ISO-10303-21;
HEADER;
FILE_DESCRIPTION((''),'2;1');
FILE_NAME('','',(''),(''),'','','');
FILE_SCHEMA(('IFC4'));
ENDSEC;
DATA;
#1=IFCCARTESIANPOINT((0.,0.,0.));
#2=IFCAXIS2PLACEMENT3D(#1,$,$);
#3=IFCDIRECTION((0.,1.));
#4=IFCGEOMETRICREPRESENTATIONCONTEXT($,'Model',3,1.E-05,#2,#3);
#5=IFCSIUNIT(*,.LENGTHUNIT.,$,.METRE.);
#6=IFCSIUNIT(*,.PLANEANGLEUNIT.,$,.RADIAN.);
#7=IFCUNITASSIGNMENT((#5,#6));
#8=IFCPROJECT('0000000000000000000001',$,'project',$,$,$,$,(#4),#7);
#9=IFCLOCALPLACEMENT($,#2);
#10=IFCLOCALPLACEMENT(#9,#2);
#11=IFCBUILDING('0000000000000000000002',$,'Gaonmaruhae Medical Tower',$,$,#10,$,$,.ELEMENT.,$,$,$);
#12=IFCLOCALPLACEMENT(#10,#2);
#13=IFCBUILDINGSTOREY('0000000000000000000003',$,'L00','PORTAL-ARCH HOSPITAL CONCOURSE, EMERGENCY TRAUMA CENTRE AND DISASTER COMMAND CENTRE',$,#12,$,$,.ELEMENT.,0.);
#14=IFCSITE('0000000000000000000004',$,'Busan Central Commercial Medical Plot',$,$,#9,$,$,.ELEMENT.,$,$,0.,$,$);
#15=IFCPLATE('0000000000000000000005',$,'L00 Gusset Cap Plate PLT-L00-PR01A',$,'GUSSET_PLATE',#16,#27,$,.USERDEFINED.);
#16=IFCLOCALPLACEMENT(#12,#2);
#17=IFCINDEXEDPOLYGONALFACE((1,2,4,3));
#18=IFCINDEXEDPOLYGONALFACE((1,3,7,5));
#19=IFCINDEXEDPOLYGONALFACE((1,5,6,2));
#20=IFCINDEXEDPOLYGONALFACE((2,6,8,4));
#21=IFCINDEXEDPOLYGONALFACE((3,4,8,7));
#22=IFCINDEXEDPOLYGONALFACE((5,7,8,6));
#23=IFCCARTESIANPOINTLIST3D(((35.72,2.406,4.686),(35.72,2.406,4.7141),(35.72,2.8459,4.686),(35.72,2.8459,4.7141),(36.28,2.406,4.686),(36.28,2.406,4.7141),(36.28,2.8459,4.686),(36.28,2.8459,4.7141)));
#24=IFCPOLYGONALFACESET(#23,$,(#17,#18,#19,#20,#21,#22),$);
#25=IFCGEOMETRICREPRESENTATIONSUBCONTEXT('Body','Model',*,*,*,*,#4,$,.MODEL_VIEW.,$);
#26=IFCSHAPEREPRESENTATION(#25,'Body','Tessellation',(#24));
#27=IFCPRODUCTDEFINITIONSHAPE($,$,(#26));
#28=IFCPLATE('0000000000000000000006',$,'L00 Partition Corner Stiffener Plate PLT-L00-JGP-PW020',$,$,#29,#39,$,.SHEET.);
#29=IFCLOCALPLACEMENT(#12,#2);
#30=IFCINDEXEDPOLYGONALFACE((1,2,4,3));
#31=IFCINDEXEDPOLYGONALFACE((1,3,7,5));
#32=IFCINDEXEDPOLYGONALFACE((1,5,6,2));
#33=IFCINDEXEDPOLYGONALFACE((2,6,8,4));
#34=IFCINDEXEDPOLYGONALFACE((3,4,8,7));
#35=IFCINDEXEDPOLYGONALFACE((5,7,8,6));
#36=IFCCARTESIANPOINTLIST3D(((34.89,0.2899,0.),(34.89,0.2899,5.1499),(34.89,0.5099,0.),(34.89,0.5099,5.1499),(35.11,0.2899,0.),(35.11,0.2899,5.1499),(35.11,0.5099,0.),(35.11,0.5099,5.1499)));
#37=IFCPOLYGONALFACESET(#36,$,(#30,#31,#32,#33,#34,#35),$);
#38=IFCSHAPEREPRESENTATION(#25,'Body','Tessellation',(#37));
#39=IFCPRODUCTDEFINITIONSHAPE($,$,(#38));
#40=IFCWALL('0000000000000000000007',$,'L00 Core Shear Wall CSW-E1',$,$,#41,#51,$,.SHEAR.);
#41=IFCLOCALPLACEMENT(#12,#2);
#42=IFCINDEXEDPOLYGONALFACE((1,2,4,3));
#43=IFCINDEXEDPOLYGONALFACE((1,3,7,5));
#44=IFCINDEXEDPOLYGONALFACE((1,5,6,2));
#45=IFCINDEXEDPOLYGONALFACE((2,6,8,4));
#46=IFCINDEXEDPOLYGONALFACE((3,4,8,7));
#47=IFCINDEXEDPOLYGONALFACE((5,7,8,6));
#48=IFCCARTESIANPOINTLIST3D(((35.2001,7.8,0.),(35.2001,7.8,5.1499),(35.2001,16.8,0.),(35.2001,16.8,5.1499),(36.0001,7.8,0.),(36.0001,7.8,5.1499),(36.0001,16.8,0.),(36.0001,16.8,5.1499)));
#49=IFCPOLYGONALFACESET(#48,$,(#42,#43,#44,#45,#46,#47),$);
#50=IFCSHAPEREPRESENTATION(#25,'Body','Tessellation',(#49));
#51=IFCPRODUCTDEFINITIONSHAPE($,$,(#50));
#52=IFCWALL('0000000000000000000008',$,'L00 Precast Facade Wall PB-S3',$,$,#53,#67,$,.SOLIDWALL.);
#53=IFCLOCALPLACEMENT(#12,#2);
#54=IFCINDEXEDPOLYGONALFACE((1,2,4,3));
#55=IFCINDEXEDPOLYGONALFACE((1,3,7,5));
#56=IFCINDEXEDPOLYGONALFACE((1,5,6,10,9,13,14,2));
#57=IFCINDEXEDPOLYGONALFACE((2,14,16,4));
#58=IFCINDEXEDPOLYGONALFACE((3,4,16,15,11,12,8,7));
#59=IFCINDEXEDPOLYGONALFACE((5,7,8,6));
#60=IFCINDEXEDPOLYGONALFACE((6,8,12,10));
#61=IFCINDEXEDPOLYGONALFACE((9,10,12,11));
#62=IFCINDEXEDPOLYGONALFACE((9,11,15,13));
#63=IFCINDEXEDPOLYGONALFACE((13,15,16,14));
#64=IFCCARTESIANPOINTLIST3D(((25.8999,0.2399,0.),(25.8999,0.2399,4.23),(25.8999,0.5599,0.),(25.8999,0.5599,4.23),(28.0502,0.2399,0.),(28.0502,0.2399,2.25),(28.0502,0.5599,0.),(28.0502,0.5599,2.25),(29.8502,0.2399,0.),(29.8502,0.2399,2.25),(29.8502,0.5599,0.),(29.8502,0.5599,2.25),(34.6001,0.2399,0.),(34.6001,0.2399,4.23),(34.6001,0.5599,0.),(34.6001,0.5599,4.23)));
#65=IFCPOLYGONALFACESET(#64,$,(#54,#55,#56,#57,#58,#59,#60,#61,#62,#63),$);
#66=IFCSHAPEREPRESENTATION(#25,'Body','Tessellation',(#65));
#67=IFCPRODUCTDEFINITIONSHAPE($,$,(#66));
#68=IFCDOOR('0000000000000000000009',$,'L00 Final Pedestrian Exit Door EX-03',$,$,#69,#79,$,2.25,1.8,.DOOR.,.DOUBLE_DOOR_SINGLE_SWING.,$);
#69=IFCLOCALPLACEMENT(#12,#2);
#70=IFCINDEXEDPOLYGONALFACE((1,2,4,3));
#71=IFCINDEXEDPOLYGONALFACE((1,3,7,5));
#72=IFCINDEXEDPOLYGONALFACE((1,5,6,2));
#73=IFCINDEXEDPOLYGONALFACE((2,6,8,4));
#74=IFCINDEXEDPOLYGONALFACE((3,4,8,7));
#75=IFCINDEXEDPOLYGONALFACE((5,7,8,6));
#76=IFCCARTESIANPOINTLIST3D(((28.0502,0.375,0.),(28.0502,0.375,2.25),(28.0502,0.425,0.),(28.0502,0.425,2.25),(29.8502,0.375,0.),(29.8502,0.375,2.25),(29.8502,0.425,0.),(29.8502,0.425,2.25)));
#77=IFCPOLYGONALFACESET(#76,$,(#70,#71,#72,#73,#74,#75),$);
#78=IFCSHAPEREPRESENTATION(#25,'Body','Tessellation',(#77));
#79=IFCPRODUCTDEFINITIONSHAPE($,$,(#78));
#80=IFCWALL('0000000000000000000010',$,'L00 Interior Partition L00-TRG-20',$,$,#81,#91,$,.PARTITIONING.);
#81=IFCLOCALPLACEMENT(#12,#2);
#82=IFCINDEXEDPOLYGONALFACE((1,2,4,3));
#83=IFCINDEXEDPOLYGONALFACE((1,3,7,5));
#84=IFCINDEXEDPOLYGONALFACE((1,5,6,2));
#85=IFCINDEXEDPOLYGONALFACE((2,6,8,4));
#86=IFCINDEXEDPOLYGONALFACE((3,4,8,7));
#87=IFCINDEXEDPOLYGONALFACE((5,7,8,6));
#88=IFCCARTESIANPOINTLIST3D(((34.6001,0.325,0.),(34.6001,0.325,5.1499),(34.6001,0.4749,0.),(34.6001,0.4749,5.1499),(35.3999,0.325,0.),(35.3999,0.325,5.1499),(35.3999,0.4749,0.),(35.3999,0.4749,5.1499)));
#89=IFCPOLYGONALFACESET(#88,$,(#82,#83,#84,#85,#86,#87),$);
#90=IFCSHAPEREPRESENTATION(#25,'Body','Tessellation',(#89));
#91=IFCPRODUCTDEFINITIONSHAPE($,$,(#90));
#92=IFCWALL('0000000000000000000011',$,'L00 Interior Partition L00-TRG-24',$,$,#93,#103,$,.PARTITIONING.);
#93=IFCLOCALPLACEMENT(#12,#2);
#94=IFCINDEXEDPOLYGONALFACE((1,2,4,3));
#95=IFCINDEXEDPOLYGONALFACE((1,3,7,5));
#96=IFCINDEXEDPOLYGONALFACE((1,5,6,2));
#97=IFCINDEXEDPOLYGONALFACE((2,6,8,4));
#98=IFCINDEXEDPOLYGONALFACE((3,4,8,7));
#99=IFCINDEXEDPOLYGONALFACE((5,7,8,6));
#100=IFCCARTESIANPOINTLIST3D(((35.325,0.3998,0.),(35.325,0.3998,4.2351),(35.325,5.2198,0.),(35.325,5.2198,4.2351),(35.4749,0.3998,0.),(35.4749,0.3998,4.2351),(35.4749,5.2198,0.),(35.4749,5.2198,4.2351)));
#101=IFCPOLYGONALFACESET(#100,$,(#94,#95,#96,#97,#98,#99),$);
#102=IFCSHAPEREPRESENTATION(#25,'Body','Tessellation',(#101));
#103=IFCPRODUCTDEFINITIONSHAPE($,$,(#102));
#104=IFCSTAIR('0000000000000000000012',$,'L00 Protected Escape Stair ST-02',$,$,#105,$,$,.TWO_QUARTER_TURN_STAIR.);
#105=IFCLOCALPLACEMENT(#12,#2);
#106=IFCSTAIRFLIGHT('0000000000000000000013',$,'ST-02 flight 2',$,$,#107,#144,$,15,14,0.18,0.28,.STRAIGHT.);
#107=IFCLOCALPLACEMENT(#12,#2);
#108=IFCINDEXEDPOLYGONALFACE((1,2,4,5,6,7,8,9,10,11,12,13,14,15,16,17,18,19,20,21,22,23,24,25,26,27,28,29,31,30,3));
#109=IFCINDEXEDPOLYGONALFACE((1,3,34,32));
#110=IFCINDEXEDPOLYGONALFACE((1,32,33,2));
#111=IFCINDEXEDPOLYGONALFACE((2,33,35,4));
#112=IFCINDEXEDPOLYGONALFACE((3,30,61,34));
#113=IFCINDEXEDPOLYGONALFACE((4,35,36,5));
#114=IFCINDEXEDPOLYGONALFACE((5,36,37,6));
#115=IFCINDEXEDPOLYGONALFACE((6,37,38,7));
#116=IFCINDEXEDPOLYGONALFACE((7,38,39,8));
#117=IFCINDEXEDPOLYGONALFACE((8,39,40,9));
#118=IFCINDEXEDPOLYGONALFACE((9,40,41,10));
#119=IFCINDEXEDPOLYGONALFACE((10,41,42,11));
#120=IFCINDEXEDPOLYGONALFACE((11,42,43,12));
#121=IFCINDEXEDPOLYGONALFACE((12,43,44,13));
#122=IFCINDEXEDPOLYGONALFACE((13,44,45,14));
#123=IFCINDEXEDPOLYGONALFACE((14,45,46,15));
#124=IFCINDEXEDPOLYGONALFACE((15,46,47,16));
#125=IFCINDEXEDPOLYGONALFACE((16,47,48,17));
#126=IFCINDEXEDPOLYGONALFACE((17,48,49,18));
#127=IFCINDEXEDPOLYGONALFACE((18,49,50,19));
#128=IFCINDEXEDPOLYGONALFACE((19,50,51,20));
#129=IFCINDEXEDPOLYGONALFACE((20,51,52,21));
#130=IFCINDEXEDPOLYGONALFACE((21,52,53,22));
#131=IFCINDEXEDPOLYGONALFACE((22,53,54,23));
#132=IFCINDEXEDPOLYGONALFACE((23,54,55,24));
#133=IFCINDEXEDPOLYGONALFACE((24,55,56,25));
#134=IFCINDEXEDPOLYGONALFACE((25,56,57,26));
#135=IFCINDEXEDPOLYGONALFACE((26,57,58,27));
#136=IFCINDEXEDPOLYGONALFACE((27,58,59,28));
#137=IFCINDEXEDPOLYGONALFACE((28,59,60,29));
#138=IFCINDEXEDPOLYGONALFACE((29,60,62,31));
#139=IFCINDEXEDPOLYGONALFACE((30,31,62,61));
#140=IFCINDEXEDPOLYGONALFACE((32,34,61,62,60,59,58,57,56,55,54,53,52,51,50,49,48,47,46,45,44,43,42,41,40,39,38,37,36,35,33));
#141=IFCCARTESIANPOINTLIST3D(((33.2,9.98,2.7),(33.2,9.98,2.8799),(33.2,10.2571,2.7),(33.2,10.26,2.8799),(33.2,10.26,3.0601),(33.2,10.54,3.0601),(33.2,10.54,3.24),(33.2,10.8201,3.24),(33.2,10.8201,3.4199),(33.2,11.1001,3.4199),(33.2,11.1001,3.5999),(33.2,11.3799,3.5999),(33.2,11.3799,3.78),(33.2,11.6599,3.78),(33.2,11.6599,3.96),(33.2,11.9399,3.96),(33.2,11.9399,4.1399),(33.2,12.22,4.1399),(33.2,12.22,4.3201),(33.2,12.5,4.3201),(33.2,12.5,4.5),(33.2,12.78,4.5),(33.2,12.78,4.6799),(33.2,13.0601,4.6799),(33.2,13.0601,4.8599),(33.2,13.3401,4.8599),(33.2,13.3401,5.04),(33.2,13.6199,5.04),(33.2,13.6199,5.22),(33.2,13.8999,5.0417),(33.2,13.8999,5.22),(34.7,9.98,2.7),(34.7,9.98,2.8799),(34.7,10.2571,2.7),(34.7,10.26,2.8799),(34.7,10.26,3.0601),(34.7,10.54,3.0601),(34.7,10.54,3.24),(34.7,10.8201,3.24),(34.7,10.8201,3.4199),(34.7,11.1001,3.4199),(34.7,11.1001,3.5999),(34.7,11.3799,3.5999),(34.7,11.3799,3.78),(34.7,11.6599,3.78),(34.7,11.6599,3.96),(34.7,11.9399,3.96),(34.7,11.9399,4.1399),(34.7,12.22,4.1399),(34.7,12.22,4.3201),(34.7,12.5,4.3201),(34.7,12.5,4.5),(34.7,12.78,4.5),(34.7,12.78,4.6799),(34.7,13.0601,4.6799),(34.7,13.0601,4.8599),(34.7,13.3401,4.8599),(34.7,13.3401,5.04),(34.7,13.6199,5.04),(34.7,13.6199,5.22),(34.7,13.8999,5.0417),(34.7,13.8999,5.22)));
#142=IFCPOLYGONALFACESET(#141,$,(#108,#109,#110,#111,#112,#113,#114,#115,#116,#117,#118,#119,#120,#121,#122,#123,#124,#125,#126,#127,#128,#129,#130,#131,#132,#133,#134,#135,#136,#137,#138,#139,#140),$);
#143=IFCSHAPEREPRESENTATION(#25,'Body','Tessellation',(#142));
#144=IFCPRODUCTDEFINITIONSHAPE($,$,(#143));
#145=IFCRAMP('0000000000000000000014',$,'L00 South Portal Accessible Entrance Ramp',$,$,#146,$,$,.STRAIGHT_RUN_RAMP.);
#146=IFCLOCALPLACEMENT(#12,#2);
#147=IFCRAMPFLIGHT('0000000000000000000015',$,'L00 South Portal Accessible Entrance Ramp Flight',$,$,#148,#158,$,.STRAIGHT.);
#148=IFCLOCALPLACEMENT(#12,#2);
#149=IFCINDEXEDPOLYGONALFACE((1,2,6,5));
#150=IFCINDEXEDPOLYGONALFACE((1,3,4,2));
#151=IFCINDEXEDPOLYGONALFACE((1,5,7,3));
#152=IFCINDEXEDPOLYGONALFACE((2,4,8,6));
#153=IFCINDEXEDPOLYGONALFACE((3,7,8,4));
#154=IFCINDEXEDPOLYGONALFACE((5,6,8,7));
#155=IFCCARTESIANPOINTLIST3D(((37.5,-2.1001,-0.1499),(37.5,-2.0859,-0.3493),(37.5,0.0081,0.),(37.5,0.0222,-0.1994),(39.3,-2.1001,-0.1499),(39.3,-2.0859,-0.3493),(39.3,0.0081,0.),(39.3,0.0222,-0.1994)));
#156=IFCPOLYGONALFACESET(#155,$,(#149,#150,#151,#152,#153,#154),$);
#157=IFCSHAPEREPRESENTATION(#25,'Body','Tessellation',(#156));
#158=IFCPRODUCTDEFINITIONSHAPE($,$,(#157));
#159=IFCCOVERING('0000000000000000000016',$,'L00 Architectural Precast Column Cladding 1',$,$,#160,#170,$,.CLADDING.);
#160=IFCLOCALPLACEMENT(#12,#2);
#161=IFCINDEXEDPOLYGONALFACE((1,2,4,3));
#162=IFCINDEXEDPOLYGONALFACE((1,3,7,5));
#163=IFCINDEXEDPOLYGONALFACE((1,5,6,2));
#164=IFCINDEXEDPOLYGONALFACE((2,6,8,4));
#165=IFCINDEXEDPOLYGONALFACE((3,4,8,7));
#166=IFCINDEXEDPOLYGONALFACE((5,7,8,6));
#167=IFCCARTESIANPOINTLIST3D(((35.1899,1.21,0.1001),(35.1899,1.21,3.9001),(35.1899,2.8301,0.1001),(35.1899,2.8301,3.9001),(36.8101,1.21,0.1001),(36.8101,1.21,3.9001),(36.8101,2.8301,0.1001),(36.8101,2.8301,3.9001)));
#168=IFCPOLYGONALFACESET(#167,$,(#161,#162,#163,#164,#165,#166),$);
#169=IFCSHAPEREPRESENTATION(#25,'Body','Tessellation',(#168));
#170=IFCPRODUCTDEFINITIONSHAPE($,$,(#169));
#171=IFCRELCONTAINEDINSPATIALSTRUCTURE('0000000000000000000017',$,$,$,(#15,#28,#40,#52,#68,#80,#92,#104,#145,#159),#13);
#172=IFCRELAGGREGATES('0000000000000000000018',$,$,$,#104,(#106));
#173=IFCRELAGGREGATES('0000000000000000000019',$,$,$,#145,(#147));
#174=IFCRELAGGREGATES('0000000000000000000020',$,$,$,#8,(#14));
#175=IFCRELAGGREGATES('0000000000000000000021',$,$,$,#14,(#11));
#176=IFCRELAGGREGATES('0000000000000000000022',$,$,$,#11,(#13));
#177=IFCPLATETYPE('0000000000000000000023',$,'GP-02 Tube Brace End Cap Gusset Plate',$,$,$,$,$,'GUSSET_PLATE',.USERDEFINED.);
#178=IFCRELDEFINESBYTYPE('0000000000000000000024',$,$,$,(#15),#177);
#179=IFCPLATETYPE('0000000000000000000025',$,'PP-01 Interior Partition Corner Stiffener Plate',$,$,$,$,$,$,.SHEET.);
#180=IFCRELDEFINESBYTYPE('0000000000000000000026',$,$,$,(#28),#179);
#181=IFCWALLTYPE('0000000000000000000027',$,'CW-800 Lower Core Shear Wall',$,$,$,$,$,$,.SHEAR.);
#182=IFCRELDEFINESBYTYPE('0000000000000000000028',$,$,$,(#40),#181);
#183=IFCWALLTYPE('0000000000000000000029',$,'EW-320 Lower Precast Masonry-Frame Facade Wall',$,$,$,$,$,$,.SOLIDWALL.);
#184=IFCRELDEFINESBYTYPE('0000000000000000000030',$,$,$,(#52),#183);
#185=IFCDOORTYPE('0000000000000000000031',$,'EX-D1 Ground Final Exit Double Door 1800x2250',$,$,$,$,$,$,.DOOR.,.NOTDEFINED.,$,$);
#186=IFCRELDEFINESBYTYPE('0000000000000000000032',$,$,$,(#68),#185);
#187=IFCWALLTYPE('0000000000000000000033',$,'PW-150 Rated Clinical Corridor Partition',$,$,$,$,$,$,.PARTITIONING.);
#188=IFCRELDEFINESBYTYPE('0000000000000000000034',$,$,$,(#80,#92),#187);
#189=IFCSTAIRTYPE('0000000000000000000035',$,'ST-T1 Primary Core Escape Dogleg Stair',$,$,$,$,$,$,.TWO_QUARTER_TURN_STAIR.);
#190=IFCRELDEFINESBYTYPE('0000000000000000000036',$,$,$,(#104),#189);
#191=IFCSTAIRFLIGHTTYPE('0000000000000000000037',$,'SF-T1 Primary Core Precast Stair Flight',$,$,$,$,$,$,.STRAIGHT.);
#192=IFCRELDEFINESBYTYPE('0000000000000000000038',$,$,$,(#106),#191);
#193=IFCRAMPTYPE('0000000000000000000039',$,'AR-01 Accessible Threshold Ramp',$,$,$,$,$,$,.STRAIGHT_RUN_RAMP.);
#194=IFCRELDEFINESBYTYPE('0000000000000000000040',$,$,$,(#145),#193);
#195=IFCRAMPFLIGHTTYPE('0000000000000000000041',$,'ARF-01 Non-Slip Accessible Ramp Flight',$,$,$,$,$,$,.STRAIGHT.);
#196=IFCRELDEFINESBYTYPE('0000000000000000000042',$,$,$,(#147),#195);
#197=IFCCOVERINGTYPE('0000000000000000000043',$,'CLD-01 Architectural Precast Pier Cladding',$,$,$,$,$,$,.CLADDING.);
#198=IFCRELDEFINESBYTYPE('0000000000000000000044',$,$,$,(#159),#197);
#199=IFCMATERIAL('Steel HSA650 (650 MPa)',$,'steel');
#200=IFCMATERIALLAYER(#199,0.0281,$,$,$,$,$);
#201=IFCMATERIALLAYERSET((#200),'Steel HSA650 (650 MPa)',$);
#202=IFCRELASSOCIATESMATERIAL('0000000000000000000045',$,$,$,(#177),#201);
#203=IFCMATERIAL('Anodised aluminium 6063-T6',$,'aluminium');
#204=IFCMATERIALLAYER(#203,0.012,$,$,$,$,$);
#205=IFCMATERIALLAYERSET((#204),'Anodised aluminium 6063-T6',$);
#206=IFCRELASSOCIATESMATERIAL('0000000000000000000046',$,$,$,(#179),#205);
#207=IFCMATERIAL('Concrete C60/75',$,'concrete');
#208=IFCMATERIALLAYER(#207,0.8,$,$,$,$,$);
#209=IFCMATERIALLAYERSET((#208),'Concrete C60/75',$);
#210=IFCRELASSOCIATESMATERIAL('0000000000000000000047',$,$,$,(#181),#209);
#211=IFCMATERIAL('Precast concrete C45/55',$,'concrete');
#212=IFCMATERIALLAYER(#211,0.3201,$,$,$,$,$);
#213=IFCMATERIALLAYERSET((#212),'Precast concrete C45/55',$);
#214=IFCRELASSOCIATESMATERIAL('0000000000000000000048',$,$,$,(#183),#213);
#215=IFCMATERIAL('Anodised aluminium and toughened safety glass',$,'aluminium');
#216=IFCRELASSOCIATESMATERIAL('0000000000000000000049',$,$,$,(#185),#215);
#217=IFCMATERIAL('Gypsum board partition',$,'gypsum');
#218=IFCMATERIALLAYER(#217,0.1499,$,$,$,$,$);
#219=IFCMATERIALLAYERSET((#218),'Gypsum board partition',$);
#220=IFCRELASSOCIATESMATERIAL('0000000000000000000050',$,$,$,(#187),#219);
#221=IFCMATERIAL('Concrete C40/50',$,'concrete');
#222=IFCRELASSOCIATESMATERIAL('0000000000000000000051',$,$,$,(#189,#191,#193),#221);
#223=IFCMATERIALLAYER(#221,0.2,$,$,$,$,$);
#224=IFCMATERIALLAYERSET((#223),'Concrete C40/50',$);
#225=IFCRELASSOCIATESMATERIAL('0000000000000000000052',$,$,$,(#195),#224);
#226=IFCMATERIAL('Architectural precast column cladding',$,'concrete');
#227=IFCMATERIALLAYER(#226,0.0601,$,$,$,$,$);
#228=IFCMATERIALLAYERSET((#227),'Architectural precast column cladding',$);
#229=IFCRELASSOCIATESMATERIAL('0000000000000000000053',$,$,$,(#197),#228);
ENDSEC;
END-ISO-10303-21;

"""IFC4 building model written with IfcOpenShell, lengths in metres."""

from ifc_helpers import new_model, si_unit, direction, frame, frame_2d, origin, origin_2d, place, context, subcontext, project, spatial, polyline, rectangle, outline, extrude, material, layer, layer_set, type_object, element, fill, aggregate, save


model = new_model("IFC4")

# Units and contexts
model_context = context("Model", 3, precision=1e-05, world=origin(), true_north=direction((0.0, 1.0)))
body_context = subcontext(model_context, "Body", "Model", "MODEL_VIEW")
ifc_project = project(units=[si_unit("LENGTHUNIT", "METRE"), si_unit("PLANEANGLEUNIT", "RADIAN")], contexts=[model_context])

# Site, building, storey
site_placement = place(None, origin())
site = spatial("IfcSite", under=ifc_project, at=site_placement, Name="Busan Central Commercial Medical Plot", CompositionType="ELEMENT", RefElevation=0.0)
building_placement = place(site_placement, origin())
building = spatial("IfcBuilding", under=site, at=building_placement, Name="Gaonmaruhae Medical Tower", CompositionType="ELEMENT")
storey_placement = place(building_placement, origin())
storey = spatial("IfcBuildingStorey", under=building, at=storey_placement, Name="L00", Description="PORTAL-ARCH HOSPITAL CONCOURSE, EMERGENCY TRAUMA CENTRE AND DISASTER COMMAND CENTRE", CompositionType="ELEMENT", Elevation=0.0)

# Shared definitions
ifc_material_1 = material(Name="Concrete C40/50", Category="concrete")

# Shared definitions
ifc_material_2 = material(Name="Concrete C60/75", Category="concrete")

# Shared definitions
ifc_material_3 = material(Name="Anodised aluminium 6063-T6", Category="aluminium")

# Plates
ifc_material_4 = material(Name="Steel HSA650 (650 MPa)", Category="steel")
ifc_layer_1 = layer(ifc_material_4, 0.0281)
ifc_layer_set_1 = layer_set([ifc_layer_1], Name="Steel HSA650 (650 MPa)")
plate_type_1 = type_object("IfcPlateType", Name="GP-02 Tube Brace End Cap Gusset Plate", ElementType="GUSSET_PLATE", PredefinedType="USERDEFINED", material=ifc_layer_set_1)
plate_1_placement = place(storey_placement, frame((36.0, 2.626, 4.686), z_axis=(0.0, 0.0, 1.0), x_axis=(1.0, 0.0, 0.0)))
element("IfcPlate", 1, at=plate_1_placement, inside=storey, type_object=plate_type_1, Name="L00 Gusset Cap Plate PLT-L00-PR01A", ObjectType="GUSSET_PLATE", PredefinedType="USERDEFINED", context=body_context, shape_type="SweptSolid", body=[
    extrude(rectangle(XDim=0.5601, YDim=0.4399, at=origin_2d()), origin(), (0.0, 0.0, 1.0), 0.0281),
])
ifc_layer_2 = layer(ifc_material_3, 0.012)
ifc_layer_set_2 = layer_set([ifc_layer_2], Name="Anodised aluminium 6063-T6")
plate_type_2 = type_object("IfcPlateType", Name="PP-01 Interior Partition Corner Stiffener Plate", PredefinedType="SHEET", material=ifc_layer_set_2)
plate_2_placement = place(storey_placement, frame((35.0, 0.3999, 0.0), z_axis=(0.0, 0.0, 1.0), x_axis=(-1.0, 0.0, 0.0)))
element("IfcPlate", 2, at=plate_2_placement, inside=storey, type_object=plate_type_2, Name="L00 Partition Corner Stiffener Plate PLT-L00-JGP-PW020", PredefinedType="SHEET", context=body_context, shape_type="SweptSolid", body=[
    extrude(rectangle(XDim=0.22, YDim=0.22, at=origin_2d()), origin(), (0.0, 0.0, 1.0), 5.1499),
])

# Wall
ifc_layer_3 = layer(ifc_material_2, 0.8)
ifc_layer_set_3 = layer_set([ifc_layer_3], Name="Concrete C60/75")
wall_type_1 = type_object("IfcWallType", Name="CW-800 Lower Core Shear Wall", PredefinedType="SHEAR", material=ifc_layer_set_3)
wall_1_placement = place(storey_placement, frame((35.6001, 7.8, 0.0), z_axis=(0.0, 0.0, 1.0), x_axis=(0.0, 1.0, 0.0)))
element("IfcWall", 3, at=wall_1_placement, inside=storey, type_object=wall_type_1, Name="L00 Core Shear Wall CSW-E1", PredefinedType="SHEAR", context=body_context, shape_type="SweptSolid", body=[
    extrude(rectangle(XDim=9.0, YDim=0.8, at=frame_2d((4.5, 0.0))), origin(), (0.0, 0.0, 1.0), 5.1499),
])

# Wall, opening, door
ifc_material_5 = material(Name="Precast concrete C45/55", Category="concrete")
ifc_layer_4 = layer(ifc_material_5, 0.3201)
ifc_layer_set_4 = layer_set([ifc_layer_4], Name="Precast concrete C45/55")
wall_type_2 = type_object("IfcWallType", Name="EW-320 Lower Precast Masonry-Frame Facade Wall", PredefinedType="SOLIDWALL", material=ifc_layer_set_4)
wall_2_placement = place(storey_placement, frame((34.6001, 0.3999, 0.0), z_axis=(0.0, 0.0, 1.0), x_axis=(-1.0, 0.0, 0.0)))
wall_2 = element("IfcWall", 4, at=wall_2_placement, inside=storey, type_object=wall_type_2, Name="L00 Precast Facade Wall PB-S3", PredefinedType="SOLIDWALL", context=body_context, shape_type="SweptSolid", body=[
    extrude(rectangle(XDim=8.7002, YDim=0.3201, at=frame_2d((4.3501, 0.0))), origin(), (0.0, 0.0, 1.0), 4.23),
])
opening_placement = place(wall_2_placement, frame((4.75, 0.0, 0.0)))
opening = element("IfcOpeningElement", 5, at=opening_placement, cuts=wall_2, PredefinedType="OPENING", context=body_context, shape_type="SweptSolid", body=[
    extrude(rectangle(XDim=1.8, YDim=2.25, at=frame_2d((0.8999, 1.125))), frame((0.0, 0.1699, 0.0), z_axis=(0.0, -1.0, 0.0), x_axis=(1.0, 0.0, 0.0)), (0.0, 0.0, 1.0), 0.3401),
])
ifc_material_6 = material(Name="Anodised aluminium and toughened safety glass", Category="aluminium")
door_type = type_object("IfcDoorType", Name="EX-D1 Ground Final Exit Double Door 1800x2250", OperationType="NOTDEFINED", PredefinedType="DOOR", material=ifc_material_6)
door_placement = place(opening_placement, origin())
door = element("IfcDoor", 6, at=door_placement, inside=storey, type_object=door_type, Name="L00 Final Pedestrian Exit Door EX-03", OperationType="DOUBLE_DOOR_SINGLE_SWING", OverallHeight=2.25, OverallWidth=1.8, PredefinedType="DOOR", context=body_context, shape_type="SweptSolid", body=[
    extrude(rectangle(XDim=1.8, YDim=2.25, at=frame_2d((0.8999, 1.125))), frame((0.0, 0.0249, 0.0), z_axis=(0.0, -1.0, 0.0), x_axis=(1.0, 0.0, 0.0)), (0.0, 0.0, 1.0), 0.05),
])
fill(opening, door)

# Walls
ifc_material_7 = material(Name="Gypsum board partition", Category="gypsum")
ifc_layer_5 = layer(ifc_material_7, 0.1499)
ifc_layer_set_5 = layer_set([ifc_layer_5], Name="Gypsum board partition")
wall_type_3 = type_object("IfcWallType", Name="PW-150 Rated Clinical Corridor Partition", PredefinedType="PARTITIONING", material=ifc_layer_set_5)
wall_3_placement = place(storey_placement, frame((35.3999, 0.3999, 0.0), z_axis=(0.0, 0.0, 1.0), x_axis=(-1.0, 0.0, 0.0)))
element("IfcWall", 7, at=wall_3_placement, inside=storey, type_object=wall_type_3, Name="L00 Interior Partition L00-TRG-20", PredefinedType="PARTITIONING", context=body_context, shape_type="SweptSolid", body=[
    extrude(rectangle(XDim=0.7998, YDim=0.1499, at=frame_2d((0.3999, 0.0))), origin(), (0.0, 0.0, 1.0), 5.1499),
])
wall_4_placement = place(storey_placement, frame((35.3999, 5.22, 0.0), z_axis=(0.0, 0.0, 1.0), x_axis=(0.0, -1.0, 0.0)))
element("IfcWall", 8, at=wall_4_placement, inside=storey, type_object=wall_type_3, Name="L00 Interior Partition L00-TRG-24", PredefinedType="PARTITIONING", context=body_context, shape_type="SweptSolid", body=[
    extrude(rectangle(XDim=4.8201, YDim=0.1499, at=frame_2d((2.4102, 0.0))), origin(), (0.0, 0.0, 1.0), 4.2351),
])

# Stair, stair flight
stair_type = type_object("IfcStairType", Name="ST-T1 Primary Core Escape Dogleg Stair", PredefinedType="TWO_QUARTER_TURN_STAIR", material=ifc_material_1)
stair_placement = place(storey_placement, origin())
stair = element("IfcStair", 9, at=stair_placement, inside=storey, type_object=stair_type, Name="L00 Protected Escape Stair ST-02", PredefinedType="TWO_QUARTER_TURN_STAIR")
stair_flight_type = type_object("IfcStairFlightType", Name="SF-T1 Primary Core Precast Stair Flight", PredefinedType="STRAIGHT", material=ifc_material_1)
stair_flight_placement = place(storey_placement, frame((33.95, 9.98, 2.7), z_axis=(0.0, 0.0, 1.0), x_axis=(0.0, 1.0, 0.0)))
stair_flight = element("IfcStairFlight", 10, at=stair_flight_placement, type_object=stair_flight_type, Name="ST-02 flight 2", NumberOfRisers=15, NumberOfTreads=14, PredefinedType="STRAIGHT", RiserHeight=0.18, TreadLength=0.28, context=body_context, shape_type="SweptSolid", body=[
    extrude(outline(polyline([(0.0, 0.0), (0.0, 0.1799), (0.28, 0.1799), (0.28, 0.3601), (0.5601, 0.3601), (0.5601, 0.54), (0.8401, 0.54), (0.8401, 0.72), (1.1201, 0.72), (1.1201, 0.8999), (1.3999, 0.8999), (1.3999, 1.0801), (1.6799, 1.0801), (1.6799, 1.26), (1.96, 1.26), (1.96, 1.4399), (2.24, 1.4399), (2.24, 1.6201), (2.52, 1.6201), (2.52, 1.8), (2.8, 1.8), (2.8, 1.98), (3.0801, 1.98), (3.0801, 2.1599), (3.3601, 2.1599), (3.3601, 2.3401), (3.6399, 2.3401), (3.6399, 2.52), (3.9199, 2.52), (3.9199, 2.7), (3.9199, 2.3418), (0.2771, 0.0), (0.0, 0.0)])), frame((0.0, 0.75, 0.0), z_axis=(0.0, -1.0, 0.0), x_axis=(1.0, 0.0, 0.0)), (0.0, 0.0, 1.0), 1.5),
])
aggregate(stair, [stair_flight])

# Ramp, ramp flight
ramp_type = type_object("IfcRampType", Name="AR-01 Accessible Threshold Ramp", PredefinedType="STRAIGHT_RUN_RAMP", material=ifc_material_1)
ramp_placement = place(storey_placement, origin())
ramp = element("IfcRamp", 11, at=ramp_placement, inside=storey, type_object=ramp_type, Name="L00 South Portal Accessible Entrance Ramp", PredefinedType="STRAIGHT_RUN_RAMP")
ifc_layer_6 = layer(ifc_material_1, 0.2)
ifc_layer_set_6 = layer_set([ifc_layer_6], Name="Concrete C40/50")
ramp_flight_type = type_object("IfcRampFlightType", Name="ARF-01 Non-Slip Accessible Ramp Flight", PredefinedType="STRAIGHT", material=ifc_layer_set_6)
ramp_flight_placement = place(storey_placement, frame((37.5, -2.1001, -0.1499), z_axis=(0.0, -0.070927, 0.997482), x_axis=(1.0, 0.0, 0.0)))
ramp_flight = element("IfcRampFlight", 12, at=ramp_flight_placement, type_object=ramp_flight_type, Name="L00 South Portal Accessible Entrance Ramp Flight", PredefinedType="STRAIGHT", context=body_context, shape_type="SweptSolid", body=[
    extrude(outline(polyline([(0.0, 0.0), (1.8, 0.0), (1.8, 2.1135), (0.0, 2.1135), (0.0, 0.0)])), origin(), (0.0, 0.0, -1.0), 0.2),
])
aggregate(ramp, [ramp_flight])

# Covering
ifc_material_8 = material(Name="Architectural precast column cladding", Category="concrete")
ifc_layer_7 = layer(ifc_material_8, 0.0601)
ifc_layer_set_7 = layer_set([ifc_layer_7], Name="Architectural precast column cladding")
covering_type = type_object("IfcCoveringType", Name="CLD-01 Architectural Precast Pier Cladding", PredefinedType="CLADDING", material=ifc_layer_set_7)
covering_placement = place(storey_placement, frame((36.0, 2.02, 0.1001), z_axis=(0.0, 0.0, 1.0), x_axis=(1.0, 0.0, 0.0)))
element("IfcCovering", 13, at=covering_placement, inside=storey, type_object=covering_type, Name="L00 Architectural Precast Column Cladding 1", PredefinedType="CLADDING", context=body_context, shape_type="SweptSolid", body=[
    extrude(rectangle(XDim=1.6201, YDim=1.6201, at=origin_2d()), origin(), (0.0, 0.0, 1.0), 3.8),
])

save(model, "model.ifc")
